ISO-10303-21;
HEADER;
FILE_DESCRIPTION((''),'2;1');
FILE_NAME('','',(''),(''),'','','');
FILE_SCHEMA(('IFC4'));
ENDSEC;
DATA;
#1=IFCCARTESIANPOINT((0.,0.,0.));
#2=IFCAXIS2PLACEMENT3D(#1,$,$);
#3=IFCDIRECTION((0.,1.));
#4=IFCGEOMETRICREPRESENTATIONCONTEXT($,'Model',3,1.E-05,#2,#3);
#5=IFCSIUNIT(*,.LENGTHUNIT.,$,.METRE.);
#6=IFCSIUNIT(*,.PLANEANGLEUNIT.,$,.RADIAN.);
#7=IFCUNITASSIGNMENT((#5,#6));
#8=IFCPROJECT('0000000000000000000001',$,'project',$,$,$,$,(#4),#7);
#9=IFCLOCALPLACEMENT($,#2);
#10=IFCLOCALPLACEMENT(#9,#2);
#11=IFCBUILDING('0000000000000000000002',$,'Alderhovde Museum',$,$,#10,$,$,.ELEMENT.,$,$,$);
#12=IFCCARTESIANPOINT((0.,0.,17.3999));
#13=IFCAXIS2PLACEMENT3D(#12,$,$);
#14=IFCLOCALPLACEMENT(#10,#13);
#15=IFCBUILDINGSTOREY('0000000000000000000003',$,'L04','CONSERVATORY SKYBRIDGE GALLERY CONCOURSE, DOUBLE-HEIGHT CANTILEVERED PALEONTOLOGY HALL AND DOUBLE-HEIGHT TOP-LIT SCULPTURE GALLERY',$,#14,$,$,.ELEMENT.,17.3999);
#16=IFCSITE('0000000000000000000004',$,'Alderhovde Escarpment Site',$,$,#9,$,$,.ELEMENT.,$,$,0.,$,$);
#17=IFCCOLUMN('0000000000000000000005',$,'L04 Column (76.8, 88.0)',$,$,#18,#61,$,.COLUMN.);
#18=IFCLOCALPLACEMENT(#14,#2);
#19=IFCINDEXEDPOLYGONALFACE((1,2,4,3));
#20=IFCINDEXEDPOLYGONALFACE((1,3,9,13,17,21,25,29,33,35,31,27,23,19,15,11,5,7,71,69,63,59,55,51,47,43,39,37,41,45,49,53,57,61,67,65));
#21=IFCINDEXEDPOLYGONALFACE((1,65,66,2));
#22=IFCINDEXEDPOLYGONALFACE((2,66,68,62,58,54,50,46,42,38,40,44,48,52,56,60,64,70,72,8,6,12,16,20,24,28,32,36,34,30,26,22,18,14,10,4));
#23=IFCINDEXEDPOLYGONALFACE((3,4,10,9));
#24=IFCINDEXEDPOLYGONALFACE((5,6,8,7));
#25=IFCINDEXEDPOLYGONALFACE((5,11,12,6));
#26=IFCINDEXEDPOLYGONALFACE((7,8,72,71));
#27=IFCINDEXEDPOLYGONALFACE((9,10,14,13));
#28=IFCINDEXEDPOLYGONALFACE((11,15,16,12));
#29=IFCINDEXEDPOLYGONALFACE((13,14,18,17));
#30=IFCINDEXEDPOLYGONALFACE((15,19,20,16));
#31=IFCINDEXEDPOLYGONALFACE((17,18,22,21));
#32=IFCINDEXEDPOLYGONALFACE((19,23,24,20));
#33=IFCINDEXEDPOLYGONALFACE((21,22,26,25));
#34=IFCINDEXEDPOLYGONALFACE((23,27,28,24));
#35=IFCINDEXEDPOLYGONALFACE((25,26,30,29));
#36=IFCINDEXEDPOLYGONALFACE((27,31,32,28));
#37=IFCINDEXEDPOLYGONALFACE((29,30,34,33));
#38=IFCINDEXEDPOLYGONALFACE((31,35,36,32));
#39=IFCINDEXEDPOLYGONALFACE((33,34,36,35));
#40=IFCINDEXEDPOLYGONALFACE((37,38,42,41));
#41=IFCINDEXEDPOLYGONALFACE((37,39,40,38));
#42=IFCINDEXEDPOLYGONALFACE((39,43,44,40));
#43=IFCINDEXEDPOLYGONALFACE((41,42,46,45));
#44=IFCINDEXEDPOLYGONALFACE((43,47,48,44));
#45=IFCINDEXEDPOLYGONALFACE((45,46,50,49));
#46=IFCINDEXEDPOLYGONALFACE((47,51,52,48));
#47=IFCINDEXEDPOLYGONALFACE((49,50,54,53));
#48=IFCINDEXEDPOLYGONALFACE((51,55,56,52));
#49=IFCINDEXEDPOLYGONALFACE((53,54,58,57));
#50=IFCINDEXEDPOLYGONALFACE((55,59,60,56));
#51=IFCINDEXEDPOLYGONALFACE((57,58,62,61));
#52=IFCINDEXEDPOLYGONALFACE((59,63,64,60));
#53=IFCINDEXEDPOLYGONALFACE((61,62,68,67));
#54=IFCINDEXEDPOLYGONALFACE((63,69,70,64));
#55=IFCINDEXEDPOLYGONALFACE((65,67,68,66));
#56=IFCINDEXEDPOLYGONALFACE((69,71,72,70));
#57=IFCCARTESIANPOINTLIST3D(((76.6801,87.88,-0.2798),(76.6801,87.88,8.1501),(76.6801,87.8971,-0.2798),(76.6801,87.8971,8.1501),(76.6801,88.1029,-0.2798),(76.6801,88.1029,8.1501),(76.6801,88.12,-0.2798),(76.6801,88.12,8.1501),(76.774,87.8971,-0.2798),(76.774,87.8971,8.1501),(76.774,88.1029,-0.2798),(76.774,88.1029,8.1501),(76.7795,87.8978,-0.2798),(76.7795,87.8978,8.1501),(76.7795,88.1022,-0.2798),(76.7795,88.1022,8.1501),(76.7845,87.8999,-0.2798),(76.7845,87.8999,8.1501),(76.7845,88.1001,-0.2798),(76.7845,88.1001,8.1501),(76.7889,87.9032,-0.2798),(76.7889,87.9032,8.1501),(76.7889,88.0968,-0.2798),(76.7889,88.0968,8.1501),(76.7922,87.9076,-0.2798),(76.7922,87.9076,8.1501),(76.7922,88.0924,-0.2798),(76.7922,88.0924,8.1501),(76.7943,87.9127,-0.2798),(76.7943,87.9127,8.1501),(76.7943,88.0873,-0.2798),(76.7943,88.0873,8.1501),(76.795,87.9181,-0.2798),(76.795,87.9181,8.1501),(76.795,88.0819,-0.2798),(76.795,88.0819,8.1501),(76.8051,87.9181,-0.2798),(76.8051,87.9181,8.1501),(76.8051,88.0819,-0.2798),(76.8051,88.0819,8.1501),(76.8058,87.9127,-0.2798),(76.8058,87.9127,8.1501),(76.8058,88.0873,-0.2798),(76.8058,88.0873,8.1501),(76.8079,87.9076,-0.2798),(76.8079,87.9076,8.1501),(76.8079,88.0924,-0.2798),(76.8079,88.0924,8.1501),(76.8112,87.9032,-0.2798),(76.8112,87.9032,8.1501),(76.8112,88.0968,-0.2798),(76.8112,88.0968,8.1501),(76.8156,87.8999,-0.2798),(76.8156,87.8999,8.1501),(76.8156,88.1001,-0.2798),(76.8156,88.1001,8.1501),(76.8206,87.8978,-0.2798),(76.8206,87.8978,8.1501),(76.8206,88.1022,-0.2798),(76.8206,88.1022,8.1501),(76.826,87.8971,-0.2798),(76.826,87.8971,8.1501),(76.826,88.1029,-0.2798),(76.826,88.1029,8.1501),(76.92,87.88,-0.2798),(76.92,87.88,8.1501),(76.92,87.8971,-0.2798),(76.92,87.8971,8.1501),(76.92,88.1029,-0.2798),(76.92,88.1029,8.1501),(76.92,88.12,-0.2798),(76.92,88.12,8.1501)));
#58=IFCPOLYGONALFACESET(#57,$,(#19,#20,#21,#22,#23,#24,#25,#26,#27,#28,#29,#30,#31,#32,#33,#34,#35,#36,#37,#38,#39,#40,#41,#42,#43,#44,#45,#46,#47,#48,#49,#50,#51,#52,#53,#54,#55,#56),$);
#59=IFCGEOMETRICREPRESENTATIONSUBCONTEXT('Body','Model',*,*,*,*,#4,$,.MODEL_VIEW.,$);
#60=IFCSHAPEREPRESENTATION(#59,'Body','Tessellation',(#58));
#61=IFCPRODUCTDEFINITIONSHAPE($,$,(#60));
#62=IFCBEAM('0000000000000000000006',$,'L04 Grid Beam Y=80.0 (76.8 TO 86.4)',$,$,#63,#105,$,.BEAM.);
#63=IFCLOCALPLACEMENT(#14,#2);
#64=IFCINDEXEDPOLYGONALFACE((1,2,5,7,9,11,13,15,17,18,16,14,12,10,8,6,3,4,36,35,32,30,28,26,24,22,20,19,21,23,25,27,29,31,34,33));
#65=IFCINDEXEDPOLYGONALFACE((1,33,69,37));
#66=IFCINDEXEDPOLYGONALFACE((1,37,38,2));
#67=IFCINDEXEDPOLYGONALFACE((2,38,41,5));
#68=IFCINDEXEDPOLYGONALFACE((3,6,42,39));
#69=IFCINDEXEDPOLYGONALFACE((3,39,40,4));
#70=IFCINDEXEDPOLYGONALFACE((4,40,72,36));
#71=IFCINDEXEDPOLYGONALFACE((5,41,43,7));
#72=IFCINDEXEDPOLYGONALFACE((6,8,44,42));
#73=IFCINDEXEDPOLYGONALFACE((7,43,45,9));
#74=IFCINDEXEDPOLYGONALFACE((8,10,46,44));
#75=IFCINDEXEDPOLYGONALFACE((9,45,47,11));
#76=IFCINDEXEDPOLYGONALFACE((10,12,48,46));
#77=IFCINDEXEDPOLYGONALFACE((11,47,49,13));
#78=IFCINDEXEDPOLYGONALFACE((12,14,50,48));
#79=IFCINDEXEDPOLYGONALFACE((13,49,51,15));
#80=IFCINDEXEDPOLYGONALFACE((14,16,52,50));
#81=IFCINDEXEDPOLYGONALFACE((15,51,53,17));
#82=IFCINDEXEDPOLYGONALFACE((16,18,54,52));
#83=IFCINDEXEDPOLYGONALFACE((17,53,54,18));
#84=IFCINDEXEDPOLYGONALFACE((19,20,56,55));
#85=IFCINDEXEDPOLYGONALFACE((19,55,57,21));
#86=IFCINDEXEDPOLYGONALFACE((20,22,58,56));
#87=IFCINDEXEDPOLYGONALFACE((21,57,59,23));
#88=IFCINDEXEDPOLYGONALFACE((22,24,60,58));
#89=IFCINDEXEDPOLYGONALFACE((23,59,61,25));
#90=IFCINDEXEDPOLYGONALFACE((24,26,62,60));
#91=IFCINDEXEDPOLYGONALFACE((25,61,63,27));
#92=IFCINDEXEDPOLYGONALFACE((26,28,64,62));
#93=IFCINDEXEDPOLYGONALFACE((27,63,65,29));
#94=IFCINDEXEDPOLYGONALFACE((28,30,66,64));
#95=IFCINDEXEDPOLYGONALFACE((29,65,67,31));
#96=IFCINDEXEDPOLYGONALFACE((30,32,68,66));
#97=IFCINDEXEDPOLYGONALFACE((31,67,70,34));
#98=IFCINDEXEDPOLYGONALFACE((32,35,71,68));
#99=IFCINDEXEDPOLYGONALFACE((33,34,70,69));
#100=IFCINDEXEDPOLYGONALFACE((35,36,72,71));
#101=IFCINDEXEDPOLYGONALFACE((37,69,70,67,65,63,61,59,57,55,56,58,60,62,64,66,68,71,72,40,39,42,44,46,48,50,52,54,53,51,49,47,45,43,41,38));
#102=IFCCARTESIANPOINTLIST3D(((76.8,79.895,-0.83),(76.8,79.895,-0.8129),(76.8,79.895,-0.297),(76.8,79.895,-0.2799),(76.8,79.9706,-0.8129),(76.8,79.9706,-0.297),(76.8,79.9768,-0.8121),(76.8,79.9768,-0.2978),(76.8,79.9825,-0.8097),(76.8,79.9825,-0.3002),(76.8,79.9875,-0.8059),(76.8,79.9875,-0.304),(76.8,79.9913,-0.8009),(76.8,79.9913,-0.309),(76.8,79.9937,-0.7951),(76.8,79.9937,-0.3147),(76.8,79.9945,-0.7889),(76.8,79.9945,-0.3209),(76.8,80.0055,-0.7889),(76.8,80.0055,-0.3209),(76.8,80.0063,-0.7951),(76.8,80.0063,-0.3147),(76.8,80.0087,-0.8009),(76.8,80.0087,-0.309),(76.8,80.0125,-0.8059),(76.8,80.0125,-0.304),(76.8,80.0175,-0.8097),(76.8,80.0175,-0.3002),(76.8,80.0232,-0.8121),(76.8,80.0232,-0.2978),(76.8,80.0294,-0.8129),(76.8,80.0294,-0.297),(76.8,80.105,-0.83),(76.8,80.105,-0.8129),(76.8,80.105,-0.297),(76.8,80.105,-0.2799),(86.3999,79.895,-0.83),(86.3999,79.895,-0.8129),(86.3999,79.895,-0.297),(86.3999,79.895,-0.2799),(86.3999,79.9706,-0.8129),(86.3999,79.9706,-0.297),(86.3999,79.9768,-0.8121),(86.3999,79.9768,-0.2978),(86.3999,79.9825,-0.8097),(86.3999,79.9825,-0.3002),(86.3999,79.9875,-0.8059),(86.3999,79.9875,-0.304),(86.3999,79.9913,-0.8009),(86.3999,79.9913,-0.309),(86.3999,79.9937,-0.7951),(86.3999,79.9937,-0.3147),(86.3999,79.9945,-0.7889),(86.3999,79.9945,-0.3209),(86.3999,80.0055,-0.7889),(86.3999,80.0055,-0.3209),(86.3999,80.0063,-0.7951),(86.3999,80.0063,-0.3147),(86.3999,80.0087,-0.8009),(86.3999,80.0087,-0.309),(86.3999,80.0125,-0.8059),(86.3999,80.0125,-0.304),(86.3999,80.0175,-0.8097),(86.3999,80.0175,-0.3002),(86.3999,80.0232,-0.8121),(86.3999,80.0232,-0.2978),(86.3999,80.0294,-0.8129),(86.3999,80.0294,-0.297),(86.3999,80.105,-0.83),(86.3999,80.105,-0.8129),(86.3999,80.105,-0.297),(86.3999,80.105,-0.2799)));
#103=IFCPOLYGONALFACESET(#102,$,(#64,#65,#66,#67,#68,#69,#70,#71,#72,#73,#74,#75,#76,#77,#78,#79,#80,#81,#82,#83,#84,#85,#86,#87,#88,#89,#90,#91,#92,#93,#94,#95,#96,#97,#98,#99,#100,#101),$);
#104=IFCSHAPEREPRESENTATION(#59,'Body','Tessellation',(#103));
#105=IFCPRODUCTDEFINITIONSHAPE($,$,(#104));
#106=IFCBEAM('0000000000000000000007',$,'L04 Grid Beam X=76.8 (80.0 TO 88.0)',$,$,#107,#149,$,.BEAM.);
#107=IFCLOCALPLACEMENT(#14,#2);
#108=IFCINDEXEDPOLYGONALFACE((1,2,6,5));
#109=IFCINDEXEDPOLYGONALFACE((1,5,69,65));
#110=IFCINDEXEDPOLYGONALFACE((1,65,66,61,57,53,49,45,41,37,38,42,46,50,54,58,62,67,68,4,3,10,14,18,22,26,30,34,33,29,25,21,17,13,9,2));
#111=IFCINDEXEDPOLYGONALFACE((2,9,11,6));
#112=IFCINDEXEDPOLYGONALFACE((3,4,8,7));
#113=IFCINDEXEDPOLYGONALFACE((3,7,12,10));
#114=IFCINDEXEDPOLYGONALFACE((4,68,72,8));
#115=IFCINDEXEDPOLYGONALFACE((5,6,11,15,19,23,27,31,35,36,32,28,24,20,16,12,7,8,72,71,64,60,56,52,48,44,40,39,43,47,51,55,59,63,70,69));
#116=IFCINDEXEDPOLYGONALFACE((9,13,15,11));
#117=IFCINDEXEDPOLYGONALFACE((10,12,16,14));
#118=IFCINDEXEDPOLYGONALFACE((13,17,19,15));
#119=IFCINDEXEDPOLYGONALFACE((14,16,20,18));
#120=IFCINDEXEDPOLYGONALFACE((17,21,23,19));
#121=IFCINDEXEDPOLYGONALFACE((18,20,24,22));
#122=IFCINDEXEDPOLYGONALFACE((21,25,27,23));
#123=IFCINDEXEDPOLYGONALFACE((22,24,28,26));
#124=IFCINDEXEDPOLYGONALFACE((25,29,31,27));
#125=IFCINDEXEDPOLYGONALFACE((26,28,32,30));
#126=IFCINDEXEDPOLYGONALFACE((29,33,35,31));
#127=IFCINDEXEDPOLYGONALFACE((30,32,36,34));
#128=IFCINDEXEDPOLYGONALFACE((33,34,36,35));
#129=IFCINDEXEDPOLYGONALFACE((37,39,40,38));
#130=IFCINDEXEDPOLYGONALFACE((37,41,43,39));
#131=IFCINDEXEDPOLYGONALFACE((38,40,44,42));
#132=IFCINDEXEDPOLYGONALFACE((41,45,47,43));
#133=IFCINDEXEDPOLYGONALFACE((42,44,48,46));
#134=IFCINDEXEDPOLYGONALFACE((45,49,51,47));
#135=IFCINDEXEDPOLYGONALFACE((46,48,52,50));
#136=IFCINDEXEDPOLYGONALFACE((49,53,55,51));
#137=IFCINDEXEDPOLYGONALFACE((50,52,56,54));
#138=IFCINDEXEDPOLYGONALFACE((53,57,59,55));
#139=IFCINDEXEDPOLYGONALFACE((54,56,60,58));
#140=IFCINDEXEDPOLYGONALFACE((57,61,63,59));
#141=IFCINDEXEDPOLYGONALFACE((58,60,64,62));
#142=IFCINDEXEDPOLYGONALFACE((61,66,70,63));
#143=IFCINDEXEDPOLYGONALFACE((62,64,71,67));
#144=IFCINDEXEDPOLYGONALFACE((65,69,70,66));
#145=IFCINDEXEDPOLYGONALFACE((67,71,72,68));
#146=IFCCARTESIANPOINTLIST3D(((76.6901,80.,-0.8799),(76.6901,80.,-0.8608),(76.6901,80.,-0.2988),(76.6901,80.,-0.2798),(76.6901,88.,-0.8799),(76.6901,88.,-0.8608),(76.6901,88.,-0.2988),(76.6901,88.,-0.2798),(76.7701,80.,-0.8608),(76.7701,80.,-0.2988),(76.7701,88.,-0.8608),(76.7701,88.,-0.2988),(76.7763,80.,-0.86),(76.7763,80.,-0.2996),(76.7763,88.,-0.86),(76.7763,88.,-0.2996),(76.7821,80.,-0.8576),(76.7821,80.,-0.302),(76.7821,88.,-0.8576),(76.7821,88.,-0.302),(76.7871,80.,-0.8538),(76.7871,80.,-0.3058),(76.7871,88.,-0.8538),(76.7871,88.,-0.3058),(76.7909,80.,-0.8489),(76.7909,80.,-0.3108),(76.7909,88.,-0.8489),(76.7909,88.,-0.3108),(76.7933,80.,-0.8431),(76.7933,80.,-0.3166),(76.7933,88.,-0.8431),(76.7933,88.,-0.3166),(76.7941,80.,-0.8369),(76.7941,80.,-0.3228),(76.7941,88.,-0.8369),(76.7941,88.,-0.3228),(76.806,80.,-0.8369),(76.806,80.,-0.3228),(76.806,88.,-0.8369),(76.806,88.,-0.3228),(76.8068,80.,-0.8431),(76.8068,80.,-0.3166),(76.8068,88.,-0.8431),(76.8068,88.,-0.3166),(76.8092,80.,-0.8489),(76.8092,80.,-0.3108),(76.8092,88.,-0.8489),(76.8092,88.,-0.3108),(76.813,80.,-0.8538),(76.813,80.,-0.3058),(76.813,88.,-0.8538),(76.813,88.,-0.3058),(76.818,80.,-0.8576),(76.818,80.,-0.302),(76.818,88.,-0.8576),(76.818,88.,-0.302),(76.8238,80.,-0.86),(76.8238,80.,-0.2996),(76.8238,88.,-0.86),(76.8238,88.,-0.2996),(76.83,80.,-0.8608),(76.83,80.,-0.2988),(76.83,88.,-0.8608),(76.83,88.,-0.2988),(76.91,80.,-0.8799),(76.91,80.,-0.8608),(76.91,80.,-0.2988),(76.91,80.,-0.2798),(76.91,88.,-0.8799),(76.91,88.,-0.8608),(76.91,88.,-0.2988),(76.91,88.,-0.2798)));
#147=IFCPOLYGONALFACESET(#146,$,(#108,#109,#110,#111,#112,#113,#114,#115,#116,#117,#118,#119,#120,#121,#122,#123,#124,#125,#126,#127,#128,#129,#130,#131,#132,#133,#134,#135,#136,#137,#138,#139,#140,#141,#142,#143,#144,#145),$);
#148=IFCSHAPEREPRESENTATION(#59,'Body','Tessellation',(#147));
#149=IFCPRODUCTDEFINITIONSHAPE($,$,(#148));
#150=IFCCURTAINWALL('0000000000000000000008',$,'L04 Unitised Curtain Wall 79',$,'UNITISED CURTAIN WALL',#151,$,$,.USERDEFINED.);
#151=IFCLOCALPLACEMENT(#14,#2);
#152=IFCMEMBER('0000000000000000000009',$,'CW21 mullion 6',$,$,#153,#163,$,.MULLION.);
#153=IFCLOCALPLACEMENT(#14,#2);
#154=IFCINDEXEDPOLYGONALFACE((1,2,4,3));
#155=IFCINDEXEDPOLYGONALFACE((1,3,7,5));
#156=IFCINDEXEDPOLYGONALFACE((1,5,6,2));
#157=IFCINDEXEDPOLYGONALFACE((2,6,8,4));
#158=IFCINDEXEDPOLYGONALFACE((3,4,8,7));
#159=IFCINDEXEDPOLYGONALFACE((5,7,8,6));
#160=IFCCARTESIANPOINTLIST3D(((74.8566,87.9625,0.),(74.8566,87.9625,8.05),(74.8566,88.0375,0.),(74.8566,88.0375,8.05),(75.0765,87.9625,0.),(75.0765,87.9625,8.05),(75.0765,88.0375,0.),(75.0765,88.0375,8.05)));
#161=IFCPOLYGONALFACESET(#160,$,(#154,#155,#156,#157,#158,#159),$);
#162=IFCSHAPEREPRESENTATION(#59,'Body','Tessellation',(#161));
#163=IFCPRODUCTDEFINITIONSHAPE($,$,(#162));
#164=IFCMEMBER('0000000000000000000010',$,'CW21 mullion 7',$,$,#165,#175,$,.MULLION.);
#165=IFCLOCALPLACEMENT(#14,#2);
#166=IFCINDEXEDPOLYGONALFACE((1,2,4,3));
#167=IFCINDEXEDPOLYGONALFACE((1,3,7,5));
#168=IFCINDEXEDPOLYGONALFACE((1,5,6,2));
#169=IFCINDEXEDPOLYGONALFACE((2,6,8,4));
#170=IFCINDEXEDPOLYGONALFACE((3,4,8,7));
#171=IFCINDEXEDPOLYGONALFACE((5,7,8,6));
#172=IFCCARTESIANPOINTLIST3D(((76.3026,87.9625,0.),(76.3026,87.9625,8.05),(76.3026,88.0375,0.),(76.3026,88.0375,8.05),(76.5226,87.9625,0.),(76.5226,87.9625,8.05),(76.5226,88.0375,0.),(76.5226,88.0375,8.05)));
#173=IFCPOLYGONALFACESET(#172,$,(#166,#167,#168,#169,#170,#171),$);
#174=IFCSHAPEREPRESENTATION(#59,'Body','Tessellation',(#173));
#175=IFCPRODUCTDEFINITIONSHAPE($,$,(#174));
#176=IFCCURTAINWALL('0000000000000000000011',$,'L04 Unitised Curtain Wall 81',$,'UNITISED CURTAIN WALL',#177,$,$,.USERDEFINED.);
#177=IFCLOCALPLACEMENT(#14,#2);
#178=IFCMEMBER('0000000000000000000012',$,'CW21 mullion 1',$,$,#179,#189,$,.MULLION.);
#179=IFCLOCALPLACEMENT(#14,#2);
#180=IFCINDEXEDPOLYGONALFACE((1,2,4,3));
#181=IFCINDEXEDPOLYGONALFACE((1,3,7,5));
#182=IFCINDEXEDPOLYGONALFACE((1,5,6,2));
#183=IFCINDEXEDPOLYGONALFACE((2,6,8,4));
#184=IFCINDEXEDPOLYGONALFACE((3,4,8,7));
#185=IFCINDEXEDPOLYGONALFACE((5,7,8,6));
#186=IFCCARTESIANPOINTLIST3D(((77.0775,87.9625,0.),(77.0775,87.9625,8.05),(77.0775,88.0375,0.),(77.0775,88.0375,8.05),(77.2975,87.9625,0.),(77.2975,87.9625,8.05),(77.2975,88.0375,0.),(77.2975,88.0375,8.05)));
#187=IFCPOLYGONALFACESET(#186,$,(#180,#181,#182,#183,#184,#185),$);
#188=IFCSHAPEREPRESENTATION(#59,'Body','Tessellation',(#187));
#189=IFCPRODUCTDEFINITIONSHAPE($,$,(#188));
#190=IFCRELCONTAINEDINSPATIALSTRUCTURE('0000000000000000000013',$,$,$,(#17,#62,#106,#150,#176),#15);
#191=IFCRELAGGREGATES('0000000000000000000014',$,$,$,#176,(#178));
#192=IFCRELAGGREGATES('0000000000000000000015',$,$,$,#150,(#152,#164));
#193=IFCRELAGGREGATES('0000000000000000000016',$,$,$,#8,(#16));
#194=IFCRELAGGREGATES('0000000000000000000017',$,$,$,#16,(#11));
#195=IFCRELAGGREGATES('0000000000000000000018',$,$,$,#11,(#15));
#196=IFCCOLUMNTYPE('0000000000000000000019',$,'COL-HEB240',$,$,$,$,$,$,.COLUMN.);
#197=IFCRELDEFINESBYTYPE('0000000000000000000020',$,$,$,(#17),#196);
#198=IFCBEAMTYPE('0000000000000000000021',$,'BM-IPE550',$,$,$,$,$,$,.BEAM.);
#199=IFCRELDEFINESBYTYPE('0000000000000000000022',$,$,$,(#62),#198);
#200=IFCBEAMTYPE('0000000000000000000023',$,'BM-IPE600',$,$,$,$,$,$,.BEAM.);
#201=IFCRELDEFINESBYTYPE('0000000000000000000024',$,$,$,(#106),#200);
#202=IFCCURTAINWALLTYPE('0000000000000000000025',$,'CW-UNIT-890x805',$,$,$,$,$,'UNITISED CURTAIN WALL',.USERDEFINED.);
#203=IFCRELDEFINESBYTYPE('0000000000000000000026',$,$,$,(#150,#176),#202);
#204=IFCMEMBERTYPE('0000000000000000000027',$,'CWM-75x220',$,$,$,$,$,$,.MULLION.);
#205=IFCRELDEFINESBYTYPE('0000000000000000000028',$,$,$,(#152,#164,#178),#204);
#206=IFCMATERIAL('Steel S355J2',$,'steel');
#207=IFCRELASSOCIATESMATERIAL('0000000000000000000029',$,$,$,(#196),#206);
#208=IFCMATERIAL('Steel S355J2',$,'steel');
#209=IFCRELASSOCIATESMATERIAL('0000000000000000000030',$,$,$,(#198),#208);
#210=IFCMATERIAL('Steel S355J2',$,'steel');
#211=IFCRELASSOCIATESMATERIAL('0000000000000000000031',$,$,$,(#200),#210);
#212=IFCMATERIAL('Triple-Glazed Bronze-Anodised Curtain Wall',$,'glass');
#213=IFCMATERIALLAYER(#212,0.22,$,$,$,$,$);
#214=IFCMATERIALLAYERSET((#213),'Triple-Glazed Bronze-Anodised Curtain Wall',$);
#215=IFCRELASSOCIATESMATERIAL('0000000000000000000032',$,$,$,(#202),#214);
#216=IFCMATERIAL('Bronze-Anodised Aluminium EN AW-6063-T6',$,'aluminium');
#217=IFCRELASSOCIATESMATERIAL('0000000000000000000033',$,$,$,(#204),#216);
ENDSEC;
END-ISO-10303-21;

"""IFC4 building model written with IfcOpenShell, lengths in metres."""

from ifc_helpers import new_model, si_unit, direction, frame, origin, origin_2d, place, context, subcontext, project, spatial, rectangle, i_section, extrude, material, layer, layer_set, material_profile, profile_set, type_object, element, aggregate, save


model = new_model("IFC4")

# Units and contexts
model_context = context("Model", 3, precision=1e-05, world=origin(), true_north=direction((0.0, 1.0)))
body_context = subcontext(model_context, "Body", "Model", "MODEL_VIEW")
ifc_project = project(units=[si_unit("LENGTHUNIT", "METRE"), si_unit("PLANEANGLEUNIT", "RADIAN")], contexts=[model_context])

# Site, building, storey
site_placement = place(None, origin())
site = spatial("IfcSite", under=ifc_project, at=site_placement, Name="Alderhovde Escarpment Site", CompositionType="ELEMENT", RefElevation=0.0)
building_placement = place(site_placement, origin())
building = spatial("IfcBuilding", under=site, at=building_placement, Name="Alderhovde Museum", CompositionType="ELEMENT")
storey_placement = place(building_placement, frame((0.0, 0.0, 17.3999)))
storey = spatial("IfcBuildingStorey", under=building, at=storey_placement, Name="L04", Description="CONSERVATORY SKYBRIDGE GALLERY CONCOURSE, DOUBLE-HEIGHT CANTILEVERED PALEONTOLOGY HALL AND DOUBLE-HEIGHT TOP-LIT SCULPTURE GALLERY", CompositionType="ELEMENT", Elevation=17.3999)

# Column
ifc_material_1 = material(Name="Steel S355J2", Category="steel")
ifc_material_profile_1 = material_profile(ifc_material_1, i_section(OverallWidth=0.24, OverallDepth=0.24, WebThickness=0.01, FlangeThickness=0.0171, FilletRadius=0.021, at=origin_2d()), Name="HEB 240")
ifc_profile_set_1 = profile_set([ifc_material_profile_1], Name="Steel S355J2")
column_type = type_object("IfcColumnType", Name="COL-HEB240", PredefinedType="COLUMN", material=ifc_profile_set_1)
column_placement = place(storey_placement, frame((76.8, 88.0, -0.2798), z_axis=(0.0, 0.0, 1.0), x_axis=(1.0, 0.0, 0.0)))
element("IfcColumn", 1, at=column_placement, inside=storey, type_object=column_type, Name="L04 Column (76.8, 88.0)", PredefinedType="COLUMN", context=body_context, shape_type="SweptSolid", body=[
    extrude(i_section(OverallWidth=0.24, OverallDepth=0.24, WebThickness=0.01, FlangeThickness=0.0171, FilletRadius=0.021, at=origin_2d()), origin(), (0.0, 0.0, 1.0), 8.4299),
])

# Beams
ifc_material_2 = material(Name="Steel S355J2", Category="steel")
ifc_material_profile_2 = material_profile(ifc_material_2, i_section(OverallWidth=0.21, OverallDepth=0.55, WebThickness=0.011, FlangeThickness=0.0171, FilletRadius=0.0239, at=origin_2d()), Name="IPE 550")
ifc_profile_set_2 = profile_set([ifc_material_profile_2], Name="Steel S355J2")
beam_type_1 = type_object("IfcBeamType", Name="BM-IPE550", PredefinedType="BEAM", material=ifc_profile_set_2)
beam_1_placement = place(storey_placement, frame((76.8, 80.0, -0.5549), z_axis=(1.0, 0.0, 0.0), x_axis=(0.0, 1.0, 0.0)))
element("IfcBeam", 2, at=beam_1_placement, inside=storey, type_object=beam_type_1, Name="L04 Grid Beam Y=80.0 (76.8 TO 86.4)", PredefinedType="BEAM", context=body_context, shape_type="SweptSolid", body=[
    extrude(i_section(OverallWidth=0.21, OverallDepth=0.55, WebThickness=0.011, FlangeThickness=0.0171, FilletRadius=0.0239, at=origin_2d()), origin(), (0.0, 0.0, 1.0), 9.5999),
])
ifc_material_3 = material(Name="Steel S355J2", Category="steel")
ifc_material_profile_3 = material_profile(ifc_material_3, i_section(OverallWidth=0.22, OverallDepth=0.6001, WebThickness=0.012, FlangeThickness=0.019, FilletRadius=0.0239, at=origin_2d()), Name="IPE 600")
ifc_profile_set_3 = profile_set([ifc_material_profile_3], Name="Steel S355J2")
beam_type_2 = type_object("IfcBeamType", Name="BM-IPE600", PredefinedType="BEAM", material=ifc_profile_set_3)
beam_2_placement = place(storey_placement, frame((76.8, 80.0, -0.5798), z_axis=(0.0, 1.0, 0.0), x_axis=(-1.0, 0.0, 0.0)))
element("IfcBeam", 3, at=beam_2_placement, inside=storey, type_object=beam_type_2, Name="L04 Grid Beam X=76.8 (80.0 TO 88.0)", PredefinedType="BEAM", context=body_context, shape_type="SweptSolid", body=[
    extrude(i_section(OverallWidth=0.22, OverallDepth=0.6001, WebThickness=0.012, FlangeThickness=0.019, FilletRadius=0.0239, at=origin_2d()), origin(), (0.0, 0.0, 1.0), 8.0),
])

# Curtain walls, members
ifc_material_4 = material(Name="Triple-Glazed Bronze-Anodised Curtain Wall", Category="glass")
ifc_layer_1 = layer(ifc_material_4, 0.22)
ifc_layer_set_1 = layer_set([ifc_layer_1], Name="Triple-Glazed Bronze-Anodised Curtain Wall")
curtain_wall_type = type_object("IfcCurtainWallType", Name="CW-UNIT-890x805", ElementType="UNITISED CURTAIN WALL", PredefinedType="USERDEFINED", material=ifc_layer_set_1)
curtain_wall_1_placement = place(storey_placement, origin())
curtain_wall_1 = element("IfcCurtainWall", 4, at=curtain_wall_1_placement, inside=storey, type_object=curtain_wall_type, Name="L04 Unitised Curtain Wall 79", ObjectType="UNITISED CURTAIN WALL", PredefinedType="USERDEFINED")
ifc_material_5 = material(Name="Bronze-Anodised Aluminium EN AW-6063-T6", Category="aluminium")
ifc_material_profile_4 = material_profile(ifc_material_5, rectangle(XDim=0.075, YDim=0.22, at=origin_2d()), Name="MULLION 75x220")
ifc_profile_set_4 = profile_set([ifc_material_profile_4], Name="Bronze-Anodised Aluminium EN AW-6063-T6")
member_type_1 = type_object("IfcMemberType", Name="CWM-75x220", PredefinedType="MULLION", material=ifc_profile_set_4)
member_1_placement = place(storey_placement, frame((74.9666, 88.0, 0.0), z_axis=(0.0, 0.0, 1.0), x_axis=(0.0, 1.0, 0.0)))
member_1 = element("IfcMember", 5, at=member_1_placement, type_object=member_type_1, Name="CW21 mullion 6", PredefinedType="MULLION", context=body_context, shape_type="SweptSolid", body=[
    extrude(rectangle(XDim=0.075, YDim=0.22, at=origin_2d()), origin(), (0.0, 0.0, 1.0), 8.05),
])
member_2_placement = place(storey_placement, frame((76.4126, 88.0, 0.0), z_axis=(0.0, 0.0, 1.0), x_axis=(0.0, 1.0, 0.0)))
member_2 = element("IfcMember", 6, at=member_2_placement, type_object=member_type_1, Name="CW21 mullion 7", PredefinedType="MULLION", context=body_context, shape_type="SweptSolid", body=[
    extrude(rectangle(XDim=0.075, YDim=0.22, at=origin_2d()), origin(), (0.0, 0.0, 1.0), 8.05),
])
curtain_wall_2_placement = place(storey_placement, origin())
curtain_wall_2 = element("IfcCurtainWall", 7, at=curtain_wall_2_placement, inside=storey, type_object=curtain_wall_type, Name="L04 Unitised Curtain Wall 81", ObjectType="UNITISED CURTAIN WALL", PredefinedType="USERDEFINED")
member_3_placement = place(storey_placement, frame((77.1875, 88.0, 0.0), z_axis=(0.0, 0.0, 1.0), x_axis=(0.0, 1.0, 0.0)))
member_3 = element("IfcMember", 8, at=member_3_placement, type_object=member_type_1, Name="CW21 mullion 1", PredefinedType="MULLION", context=body_context, shape_type="SweptSolid", body=[
    extrude(rectangle(XDim=0.075, YDim=0.22, at=origin_2d()), origin(), (0.0, 0.0, 1.0), 8.05),
])

aggregate(curtain_wall_2, [member_3])
aggregate(curtain_wall_1, [member_1, member_2])

save(model, "model.ifc")
